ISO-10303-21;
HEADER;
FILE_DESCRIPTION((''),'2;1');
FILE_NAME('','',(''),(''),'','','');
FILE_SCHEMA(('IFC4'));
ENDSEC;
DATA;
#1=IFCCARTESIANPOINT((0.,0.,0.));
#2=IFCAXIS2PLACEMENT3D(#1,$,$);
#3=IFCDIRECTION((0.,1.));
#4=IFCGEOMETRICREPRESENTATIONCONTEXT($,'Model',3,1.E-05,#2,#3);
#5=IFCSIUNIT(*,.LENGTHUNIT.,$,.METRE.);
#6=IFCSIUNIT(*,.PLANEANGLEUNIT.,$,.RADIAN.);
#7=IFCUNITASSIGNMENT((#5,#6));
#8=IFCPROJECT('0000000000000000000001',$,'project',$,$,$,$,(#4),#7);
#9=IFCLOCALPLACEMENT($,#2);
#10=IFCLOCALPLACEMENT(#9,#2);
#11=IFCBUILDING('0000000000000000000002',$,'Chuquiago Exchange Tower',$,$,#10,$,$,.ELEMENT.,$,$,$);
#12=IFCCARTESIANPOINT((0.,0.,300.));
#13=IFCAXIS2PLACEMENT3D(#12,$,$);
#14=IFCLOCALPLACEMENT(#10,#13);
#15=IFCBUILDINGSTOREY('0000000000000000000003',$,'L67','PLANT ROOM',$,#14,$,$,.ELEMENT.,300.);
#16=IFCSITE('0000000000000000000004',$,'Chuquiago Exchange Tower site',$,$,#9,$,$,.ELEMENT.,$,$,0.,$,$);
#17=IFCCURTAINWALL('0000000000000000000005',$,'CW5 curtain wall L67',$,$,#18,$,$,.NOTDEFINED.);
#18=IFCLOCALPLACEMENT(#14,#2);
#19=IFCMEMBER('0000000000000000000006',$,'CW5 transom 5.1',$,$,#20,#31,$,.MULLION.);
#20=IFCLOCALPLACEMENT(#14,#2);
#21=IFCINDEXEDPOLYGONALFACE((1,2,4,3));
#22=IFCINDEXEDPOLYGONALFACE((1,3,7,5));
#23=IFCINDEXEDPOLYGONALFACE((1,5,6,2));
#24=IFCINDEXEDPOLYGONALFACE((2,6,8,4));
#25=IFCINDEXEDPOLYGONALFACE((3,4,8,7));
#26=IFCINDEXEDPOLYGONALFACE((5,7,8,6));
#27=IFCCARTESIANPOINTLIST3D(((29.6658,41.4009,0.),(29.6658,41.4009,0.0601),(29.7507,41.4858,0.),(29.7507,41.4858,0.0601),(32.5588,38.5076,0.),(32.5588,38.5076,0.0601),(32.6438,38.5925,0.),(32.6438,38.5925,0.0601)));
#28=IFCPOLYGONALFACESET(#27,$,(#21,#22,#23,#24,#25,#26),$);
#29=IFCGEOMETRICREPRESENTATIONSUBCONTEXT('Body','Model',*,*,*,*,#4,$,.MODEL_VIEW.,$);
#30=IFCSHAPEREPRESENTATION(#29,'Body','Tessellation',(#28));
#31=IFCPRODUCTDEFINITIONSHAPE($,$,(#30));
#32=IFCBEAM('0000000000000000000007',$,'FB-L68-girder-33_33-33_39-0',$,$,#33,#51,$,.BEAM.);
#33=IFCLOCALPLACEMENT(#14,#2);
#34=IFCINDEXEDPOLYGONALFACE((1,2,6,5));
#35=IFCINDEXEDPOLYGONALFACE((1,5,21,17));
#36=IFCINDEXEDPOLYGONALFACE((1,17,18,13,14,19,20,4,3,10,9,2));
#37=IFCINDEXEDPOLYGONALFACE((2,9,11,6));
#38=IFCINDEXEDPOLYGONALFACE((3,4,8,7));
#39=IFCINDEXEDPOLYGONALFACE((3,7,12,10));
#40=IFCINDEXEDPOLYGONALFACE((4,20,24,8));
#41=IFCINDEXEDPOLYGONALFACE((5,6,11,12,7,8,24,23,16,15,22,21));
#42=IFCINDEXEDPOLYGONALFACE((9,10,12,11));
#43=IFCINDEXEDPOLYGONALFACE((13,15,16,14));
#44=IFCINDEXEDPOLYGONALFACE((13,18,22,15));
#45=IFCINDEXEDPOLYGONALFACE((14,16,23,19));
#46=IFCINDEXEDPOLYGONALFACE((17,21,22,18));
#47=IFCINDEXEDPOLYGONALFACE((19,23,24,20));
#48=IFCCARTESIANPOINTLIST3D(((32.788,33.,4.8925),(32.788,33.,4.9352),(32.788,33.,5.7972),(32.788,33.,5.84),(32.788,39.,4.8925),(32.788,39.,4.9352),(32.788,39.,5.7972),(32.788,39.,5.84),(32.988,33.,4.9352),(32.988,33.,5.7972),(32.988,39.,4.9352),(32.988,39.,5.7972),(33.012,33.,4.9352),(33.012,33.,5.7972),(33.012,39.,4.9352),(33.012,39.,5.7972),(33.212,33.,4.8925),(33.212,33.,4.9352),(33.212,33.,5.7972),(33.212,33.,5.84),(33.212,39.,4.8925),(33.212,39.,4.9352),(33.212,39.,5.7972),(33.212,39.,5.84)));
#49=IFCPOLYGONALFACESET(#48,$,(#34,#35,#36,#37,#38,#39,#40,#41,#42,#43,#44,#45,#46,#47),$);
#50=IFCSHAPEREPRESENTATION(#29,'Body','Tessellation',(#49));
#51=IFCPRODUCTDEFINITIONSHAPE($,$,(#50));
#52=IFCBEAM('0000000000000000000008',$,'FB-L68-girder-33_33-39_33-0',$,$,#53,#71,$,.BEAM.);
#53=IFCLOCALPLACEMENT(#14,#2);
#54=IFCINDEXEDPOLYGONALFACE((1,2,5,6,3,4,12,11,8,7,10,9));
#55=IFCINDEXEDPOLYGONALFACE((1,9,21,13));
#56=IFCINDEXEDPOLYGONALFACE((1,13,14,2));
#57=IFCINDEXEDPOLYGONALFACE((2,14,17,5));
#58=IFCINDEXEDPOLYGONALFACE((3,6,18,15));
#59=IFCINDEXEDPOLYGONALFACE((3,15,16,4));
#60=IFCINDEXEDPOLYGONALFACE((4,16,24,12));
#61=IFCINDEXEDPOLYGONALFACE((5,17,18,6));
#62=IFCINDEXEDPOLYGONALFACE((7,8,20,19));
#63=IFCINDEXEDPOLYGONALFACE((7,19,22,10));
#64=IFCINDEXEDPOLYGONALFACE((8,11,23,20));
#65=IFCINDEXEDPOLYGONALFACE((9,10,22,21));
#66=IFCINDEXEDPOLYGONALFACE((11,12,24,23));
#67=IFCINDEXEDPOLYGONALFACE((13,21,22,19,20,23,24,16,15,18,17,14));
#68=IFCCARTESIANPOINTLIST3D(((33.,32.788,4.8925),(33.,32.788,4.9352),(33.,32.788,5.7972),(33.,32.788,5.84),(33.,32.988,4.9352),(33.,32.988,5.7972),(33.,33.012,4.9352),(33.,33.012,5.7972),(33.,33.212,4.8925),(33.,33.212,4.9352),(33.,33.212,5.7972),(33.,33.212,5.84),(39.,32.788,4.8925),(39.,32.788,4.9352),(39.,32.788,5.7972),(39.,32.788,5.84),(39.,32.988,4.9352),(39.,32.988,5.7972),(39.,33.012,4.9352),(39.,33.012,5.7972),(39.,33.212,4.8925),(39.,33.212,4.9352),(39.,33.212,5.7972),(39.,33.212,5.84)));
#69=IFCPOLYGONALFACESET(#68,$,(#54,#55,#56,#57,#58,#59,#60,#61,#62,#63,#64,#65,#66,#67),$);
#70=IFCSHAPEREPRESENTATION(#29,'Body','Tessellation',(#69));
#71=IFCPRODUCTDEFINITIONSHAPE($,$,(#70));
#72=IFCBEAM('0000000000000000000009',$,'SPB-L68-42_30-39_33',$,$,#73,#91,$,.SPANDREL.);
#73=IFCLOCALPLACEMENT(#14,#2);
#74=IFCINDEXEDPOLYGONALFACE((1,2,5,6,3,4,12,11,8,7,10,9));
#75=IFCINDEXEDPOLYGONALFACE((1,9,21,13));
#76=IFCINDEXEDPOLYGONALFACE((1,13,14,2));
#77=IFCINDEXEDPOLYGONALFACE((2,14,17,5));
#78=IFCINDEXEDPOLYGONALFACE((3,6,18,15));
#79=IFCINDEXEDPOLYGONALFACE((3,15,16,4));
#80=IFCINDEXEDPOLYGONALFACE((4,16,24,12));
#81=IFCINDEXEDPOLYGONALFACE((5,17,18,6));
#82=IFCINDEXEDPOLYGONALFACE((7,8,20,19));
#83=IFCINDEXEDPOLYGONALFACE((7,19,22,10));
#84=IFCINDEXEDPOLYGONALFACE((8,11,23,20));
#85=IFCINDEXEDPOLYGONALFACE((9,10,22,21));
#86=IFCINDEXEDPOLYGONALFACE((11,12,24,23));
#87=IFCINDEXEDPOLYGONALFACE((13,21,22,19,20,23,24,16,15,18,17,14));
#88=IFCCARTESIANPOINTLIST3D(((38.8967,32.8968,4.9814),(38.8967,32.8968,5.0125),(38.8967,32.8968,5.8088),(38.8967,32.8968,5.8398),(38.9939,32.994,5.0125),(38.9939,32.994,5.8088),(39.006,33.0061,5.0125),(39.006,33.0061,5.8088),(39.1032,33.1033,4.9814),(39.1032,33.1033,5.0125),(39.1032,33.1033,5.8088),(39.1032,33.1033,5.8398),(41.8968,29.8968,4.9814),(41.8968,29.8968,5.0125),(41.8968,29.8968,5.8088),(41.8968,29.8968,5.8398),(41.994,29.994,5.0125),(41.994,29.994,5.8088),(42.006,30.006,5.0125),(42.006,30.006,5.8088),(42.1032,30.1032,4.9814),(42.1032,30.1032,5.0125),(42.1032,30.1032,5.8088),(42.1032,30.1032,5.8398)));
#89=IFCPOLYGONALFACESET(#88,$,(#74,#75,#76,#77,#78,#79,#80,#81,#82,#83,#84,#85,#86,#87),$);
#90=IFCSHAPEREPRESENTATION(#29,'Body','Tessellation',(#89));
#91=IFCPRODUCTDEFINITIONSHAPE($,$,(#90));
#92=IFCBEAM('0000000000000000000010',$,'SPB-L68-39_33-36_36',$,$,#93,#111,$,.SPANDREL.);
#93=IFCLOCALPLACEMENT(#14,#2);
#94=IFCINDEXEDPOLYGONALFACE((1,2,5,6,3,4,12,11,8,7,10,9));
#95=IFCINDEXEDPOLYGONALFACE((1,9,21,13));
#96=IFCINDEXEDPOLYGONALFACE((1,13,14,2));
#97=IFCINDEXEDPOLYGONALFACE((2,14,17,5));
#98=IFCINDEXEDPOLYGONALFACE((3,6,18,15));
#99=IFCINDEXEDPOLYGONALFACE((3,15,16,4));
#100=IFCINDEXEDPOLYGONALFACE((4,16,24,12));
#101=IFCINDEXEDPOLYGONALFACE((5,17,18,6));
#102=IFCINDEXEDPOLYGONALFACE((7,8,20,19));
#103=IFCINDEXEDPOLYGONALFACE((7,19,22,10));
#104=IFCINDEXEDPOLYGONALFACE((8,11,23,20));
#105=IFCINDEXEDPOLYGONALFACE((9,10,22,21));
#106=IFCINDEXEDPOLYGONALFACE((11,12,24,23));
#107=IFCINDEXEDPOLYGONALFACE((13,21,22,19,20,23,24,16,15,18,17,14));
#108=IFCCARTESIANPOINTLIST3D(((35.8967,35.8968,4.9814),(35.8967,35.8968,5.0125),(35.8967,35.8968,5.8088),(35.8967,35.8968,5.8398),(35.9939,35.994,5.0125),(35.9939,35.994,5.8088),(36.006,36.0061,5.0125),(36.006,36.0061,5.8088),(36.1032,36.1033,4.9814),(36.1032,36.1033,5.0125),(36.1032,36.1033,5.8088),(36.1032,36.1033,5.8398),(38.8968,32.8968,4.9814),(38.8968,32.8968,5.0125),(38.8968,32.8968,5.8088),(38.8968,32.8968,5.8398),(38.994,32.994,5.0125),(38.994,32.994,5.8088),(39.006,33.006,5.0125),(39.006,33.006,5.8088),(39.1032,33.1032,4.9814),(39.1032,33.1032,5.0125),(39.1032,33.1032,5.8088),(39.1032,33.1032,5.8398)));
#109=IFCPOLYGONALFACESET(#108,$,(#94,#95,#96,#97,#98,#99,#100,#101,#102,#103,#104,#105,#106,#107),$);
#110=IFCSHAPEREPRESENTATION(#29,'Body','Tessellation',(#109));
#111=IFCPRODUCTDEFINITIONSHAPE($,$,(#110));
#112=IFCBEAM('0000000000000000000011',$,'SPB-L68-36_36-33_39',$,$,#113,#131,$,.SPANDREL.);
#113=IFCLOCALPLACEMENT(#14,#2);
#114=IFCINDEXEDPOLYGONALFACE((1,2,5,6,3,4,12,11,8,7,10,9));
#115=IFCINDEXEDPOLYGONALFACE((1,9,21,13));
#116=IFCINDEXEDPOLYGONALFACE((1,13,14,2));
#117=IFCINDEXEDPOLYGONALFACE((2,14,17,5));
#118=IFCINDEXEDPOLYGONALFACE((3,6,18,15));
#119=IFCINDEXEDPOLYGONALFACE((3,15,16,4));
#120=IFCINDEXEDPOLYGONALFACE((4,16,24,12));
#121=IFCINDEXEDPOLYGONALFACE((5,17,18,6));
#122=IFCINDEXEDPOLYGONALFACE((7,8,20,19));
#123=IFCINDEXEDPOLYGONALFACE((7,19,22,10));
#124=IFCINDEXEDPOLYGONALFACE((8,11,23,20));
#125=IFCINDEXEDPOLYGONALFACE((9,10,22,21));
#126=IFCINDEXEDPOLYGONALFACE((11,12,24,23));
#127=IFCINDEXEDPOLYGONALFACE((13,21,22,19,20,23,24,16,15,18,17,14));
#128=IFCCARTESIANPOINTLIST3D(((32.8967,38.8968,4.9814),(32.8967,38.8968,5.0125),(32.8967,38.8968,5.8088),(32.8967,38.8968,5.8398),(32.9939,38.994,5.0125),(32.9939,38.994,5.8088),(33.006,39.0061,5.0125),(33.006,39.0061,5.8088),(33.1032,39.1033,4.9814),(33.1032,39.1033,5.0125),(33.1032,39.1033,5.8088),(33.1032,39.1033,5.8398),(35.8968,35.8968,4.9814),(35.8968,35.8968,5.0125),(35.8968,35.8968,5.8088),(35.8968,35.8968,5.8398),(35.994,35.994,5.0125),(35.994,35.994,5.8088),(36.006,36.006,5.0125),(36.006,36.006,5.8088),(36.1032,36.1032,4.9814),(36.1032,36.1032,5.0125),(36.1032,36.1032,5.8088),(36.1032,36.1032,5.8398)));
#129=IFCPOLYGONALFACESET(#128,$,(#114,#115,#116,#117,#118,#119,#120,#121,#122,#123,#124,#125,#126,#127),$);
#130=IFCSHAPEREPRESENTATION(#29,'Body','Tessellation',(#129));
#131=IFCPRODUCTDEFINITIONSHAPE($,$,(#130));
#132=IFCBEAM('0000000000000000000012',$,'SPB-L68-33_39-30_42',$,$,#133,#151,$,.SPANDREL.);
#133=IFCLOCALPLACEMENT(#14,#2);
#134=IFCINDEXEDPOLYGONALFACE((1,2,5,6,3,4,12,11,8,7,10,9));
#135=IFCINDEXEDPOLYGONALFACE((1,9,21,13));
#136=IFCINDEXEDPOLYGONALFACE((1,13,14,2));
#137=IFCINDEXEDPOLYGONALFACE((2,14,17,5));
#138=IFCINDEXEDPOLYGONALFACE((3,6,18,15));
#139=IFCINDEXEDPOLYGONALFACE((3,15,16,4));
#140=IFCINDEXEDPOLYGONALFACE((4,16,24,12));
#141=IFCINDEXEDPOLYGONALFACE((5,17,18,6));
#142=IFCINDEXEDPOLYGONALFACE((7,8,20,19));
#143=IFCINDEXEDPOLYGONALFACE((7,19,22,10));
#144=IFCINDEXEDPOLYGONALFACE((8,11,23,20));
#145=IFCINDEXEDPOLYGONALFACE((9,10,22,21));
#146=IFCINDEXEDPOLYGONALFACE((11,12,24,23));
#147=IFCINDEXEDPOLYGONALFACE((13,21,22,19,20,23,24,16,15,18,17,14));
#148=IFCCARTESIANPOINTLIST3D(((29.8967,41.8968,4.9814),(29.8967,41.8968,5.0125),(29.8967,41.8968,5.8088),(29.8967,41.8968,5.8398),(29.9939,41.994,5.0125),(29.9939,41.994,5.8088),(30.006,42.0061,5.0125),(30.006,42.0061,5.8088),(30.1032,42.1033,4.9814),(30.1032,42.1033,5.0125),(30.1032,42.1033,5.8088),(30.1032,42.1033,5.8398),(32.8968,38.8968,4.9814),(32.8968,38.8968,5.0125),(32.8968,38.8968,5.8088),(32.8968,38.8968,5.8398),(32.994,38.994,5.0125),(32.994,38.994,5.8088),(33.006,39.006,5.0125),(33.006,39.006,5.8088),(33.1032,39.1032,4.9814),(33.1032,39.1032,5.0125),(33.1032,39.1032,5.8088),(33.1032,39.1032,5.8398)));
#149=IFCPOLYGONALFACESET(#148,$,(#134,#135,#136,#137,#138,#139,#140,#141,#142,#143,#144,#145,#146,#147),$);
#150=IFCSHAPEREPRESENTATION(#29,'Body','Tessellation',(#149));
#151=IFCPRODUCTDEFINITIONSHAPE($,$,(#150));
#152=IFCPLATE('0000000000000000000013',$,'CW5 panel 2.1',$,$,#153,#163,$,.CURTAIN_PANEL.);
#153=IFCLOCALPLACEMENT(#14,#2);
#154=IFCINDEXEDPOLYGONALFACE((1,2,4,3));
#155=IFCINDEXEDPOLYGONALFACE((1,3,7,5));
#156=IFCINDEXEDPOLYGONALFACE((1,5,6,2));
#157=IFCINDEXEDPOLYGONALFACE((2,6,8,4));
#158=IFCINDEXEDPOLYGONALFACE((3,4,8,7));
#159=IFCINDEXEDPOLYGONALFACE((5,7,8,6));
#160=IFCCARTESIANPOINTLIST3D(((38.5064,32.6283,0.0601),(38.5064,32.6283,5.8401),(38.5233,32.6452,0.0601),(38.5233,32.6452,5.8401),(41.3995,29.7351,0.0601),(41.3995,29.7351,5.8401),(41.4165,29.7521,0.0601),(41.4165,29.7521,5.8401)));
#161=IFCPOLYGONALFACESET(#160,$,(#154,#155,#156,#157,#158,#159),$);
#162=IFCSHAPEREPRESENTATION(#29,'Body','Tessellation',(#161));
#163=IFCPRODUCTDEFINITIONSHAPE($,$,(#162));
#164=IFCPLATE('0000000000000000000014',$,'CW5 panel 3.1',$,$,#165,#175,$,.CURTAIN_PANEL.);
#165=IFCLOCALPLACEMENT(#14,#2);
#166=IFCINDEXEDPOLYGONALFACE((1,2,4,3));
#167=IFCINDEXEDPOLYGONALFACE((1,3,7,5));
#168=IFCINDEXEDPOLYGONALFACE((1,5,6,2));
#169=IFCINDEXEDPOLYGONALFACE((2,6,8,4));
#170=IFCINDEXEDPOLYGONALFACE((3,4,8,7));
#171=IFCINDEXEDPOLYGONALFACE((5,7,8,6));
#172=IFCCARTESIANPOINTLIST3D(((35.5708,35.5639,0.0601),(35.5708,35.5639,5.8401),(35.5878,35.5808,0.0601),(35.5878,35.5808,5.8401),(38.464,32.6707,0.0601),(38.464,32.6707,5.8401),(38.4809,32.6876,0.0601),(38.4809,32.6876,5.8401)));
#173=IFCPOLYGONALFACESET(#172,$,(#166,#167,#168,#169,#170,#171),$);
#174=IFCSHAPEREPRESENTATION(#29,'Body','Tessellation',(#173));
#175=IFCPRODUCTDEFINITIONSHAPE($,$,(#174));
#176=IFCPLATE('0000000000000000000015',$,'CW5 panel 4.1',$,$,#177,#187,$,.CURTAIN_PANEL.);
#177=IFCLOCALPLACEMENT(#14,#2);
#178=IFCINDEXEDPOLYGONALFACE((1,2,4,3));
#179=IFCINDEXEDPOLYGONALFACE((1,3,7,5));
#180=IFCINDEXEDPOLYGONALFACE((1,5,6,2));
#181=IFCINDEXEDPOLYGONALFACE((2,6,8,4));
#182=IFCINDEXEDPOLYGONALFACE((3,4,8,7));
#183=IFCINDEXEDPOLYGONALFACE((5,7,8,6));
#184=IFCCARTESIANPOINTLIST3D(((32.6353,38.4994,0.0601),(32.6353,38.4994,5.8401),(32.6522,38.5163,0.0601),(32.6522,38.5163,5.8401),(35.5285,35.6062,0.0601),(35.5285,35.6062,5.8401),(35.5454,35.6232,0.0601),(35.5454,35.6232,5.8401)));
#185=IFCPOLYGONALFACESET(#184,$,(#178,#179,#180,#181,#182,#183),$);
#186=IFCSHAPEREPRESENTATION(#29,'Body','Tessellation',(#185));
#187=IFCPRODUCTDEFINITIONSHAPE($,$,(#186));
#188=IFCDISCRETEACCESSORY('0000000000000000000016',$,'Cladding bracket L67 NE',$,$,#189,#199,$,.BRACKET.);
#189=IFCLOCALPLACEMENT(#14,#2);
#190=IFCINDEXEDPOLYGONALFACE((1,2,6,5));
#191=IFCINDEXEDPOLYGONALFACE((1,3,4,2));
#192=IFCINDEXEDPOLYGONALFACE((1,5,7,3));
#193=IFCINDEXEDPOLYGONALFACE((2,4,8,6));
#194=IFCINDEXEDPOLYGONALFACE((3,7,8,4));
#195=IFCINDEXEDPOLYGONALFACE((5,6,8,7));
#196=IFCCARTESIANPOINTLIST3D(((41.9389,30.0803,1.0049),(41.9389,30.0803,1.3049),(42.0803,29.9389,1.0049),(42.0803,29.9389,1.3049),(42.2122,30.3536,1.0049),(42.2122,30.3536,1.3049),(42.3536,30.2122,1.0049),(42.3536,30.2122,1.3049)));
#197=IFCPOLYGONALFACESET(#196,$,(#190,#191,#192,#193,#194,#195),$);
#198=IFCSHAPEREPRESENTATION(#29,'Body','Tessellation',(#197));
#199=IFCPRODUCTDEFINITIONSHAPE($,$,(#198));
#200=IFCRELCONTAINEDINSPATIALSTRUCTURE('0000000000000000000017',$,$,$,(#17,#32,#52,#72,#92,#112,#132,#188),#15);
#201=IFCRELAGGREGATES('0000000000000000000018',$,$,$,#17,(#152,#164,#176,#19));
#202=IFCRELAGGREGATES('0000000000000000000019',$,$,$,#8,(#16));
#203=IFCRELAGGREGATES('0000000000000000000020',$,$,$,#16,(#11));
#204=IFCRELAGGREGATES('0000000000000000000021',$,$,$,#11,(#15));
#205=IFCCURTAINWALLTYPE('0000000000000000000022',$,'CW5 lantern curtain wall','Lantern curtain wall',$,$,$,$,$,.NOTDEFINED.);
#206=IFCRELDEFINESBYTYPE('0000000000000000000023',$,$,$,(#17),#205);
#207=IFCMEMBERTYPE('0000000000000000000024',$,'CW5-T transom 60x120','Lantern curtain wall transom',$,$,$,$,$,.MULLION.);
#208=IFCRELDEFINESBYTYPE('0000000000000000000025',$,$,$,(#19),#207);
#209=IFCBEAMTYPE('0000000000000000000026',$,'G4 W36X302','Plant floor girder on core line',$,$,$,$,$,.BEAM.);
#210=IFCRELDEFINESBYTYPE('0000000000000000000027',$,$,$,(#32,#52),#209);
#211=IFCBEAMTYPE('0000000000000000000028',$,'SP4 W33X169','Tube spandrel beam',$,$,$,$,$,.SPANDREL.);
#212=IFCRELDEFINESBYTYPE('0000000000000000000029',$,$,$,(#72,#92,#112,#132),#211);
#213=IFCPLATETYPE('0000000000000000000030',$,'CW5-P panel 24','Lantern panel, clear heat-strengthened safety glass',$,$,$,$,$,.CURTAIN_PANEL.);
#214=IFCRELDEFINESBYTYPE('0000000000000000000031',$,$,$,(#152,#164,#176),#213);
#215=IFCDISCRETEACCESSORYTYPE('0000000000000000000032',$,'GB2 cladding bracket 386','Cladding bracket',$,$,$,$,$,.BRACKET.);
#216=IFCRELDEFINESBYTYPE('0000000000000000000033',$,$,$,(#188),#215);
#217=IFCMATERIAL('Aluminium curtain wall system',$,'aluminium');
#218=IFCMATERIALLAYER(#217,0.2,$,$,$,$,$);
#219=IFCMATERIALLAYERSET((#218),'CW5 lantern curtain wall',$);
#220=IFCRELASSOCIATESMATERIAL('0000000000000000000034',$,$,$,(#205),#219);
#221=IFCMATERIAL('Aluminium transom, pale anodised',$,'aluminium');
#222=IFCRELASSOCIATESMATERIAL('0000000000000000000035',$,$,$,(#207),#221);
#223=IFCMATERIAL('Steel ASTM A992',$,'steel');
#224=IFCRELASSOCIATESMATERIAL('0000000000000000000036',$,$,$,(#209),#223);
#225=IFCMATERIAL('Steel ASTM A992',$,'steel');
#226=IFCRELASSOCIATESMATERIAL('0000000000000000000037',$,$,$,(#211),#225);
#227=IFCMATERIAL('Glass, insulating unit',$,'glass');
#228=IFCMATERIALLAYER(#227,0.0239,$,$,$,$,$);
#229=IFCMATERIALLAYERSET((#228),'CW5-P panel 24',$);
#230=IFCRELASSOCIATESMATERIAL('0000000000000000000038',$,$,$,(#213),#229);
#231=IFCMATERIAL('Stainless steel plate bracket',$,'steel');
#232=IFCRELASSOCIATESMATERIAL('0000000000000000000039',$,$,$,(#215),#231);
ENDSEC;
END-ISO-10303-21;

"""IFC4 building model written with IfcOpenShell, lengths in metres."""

from ifc_helpers import new_model, si_unit, direction, frame, origin, origin_2d, place, context, subcontext, project, spatial, rectangle, i_section, extrude, material, layer, layer_set, material_profile, profile_set, type_object, element, aggregate, save


model = new_model("IFC4")

# Units and contexts
model_context = context("Model", 3, precision=1e-05, world=origin(), true_north=direction((0.0, 1.0)))
body_context = subcontext(model_context, "Body", "Model", "MODEL_VIEW")
ifc_project = project(units=[si_unit("LENGTHUNIT", "METRE"), si_unit("PLANEANGLEUNIT", "RADIAN")], contexts=[model_context])

# Site, building, storey
site_placement = place(None, origin())
site = spatial("IfcSite", under=ifc_project, at=site_placement, Name="Chuquiago Exchange Tower site", CompositionType="ELEMENT", RefElevation=0.0)
building_placement = place(site_placement, origin())
building = spatial("IfcBuilding", under=site, at=building_placement, Name="Chuquiago Exchange Tower", CompositionType="ELEMENT")
storey_placement = place(building_placement, frame((0.0, 0.0, 300.0)))
storey = spatial("IfcBuildingStorey", under=building, at=storey_placement, Name="L67", Description="PLANT ROOM", CompositionType="ELEMENT", Elevation=300.0)

# Curtain wall, member
ifc_material_1 = material(Name="Aluminium curtain wall system", Category="aluminium")
ifc_layer_1 = layer(ifc_material_1, 0.2)
ifc_layer_set_1 = layer_set([ifc_layer_1], Name="CW5 lantern curtain wall")
curtain_wall_type = type_object("IfcCurtainWallType", Name="CW5 lantern curtain wall", Description="Lantern curtain wall", PredefinedType="NOTDEFINED", material=ifc_layer_set_1)
curtain_wall_placement = place(storey_placement, origin())
curtain_wall = element("IfcCurtainWall", 1, at=curtain_wall_placement, inside=storey, type_object=curtain_wall_type, Name="CW5 curtain wall L67", PredefinedType="NOTDEFINED")
ifc_material_2 = material(Name="Aluminium transom, pale anodised", Category="aluminium")
ifc_material_profile_1 = material_profile(ifc_material_2, rectangle(XDim=0.1201, YDim=0.0601, at=origin_2d()), Name="AL 120x60")
ifc_profile_set_1 = profile_set([ifc_material_profile_1], Name="Aluminium transom, pale anodised")
member_type_1 = type_object("IfcMemberType", Name="CW5-T transom 60x120", Description="Lantern curtain wall transom", PredefinedType="MULLION", material=ifc_profile_set_1)
member_1_placement = place(storey_placement, frame((32.6013, 38.55, 0.03), z_axis=(-0.707077, 0.707137, 0.0), x_axis=(-0.707137, -0.707077, 0.0)))
member_1 = element("IfcMember", 2, at=member_1_placement, type_object=member_type_1, Name="CW5 transom 5.1", PredefinedType="MULLION", context=body_context, shape_type="SweptSolid", body=[
    extrude(rectangle(XDim=0.1201, YDim=0.0601, at=origin_2d()), origin(), (0.0, 0.0, 1.0), 4.0916),
])

# Beams
ifc_material_3 = material(Name="Steel ASTM A992", Category="steel")
ifc_material_profile_2 = material_profile(ifc_material_3, i_section(OverallWidth=0.4241, OverallDepth=0.9475, WebThickness=0.0239, FlangeThickness=0.0427, at=origin_2d()), Name="W36X302")
ifc_profile_set_2 = profile_set([ifc_material_profile_2], Name="Steel ASTM A992")
beam_type_1 = type_object("IfcBeamType", Name="G4 W36X302", Description="Plant floor girder on core line", PredefinedType="BEAM", material=ifc_profile_set_2)
for number, where, z_axis, x_axis, name in (
    (3, (33.0, 33.0, 5.3662), (0.0, 1.0, 0.0), (-1.0, 0.0, 0.0), "FB-L68-girder-33_33-33_39-0"),
    (4, (33.0, 33.0, 5.3662), (1.0, 0.0, 0.0), (0.0, 1.0, 0.0), "FB-L68-girder-33_33-39_33-0"),
):
    element("IfcBeam", number, at=place(storey_placement, frame(where, z_axis=z_axis, x_axis=x_axis)), inside=storey, type_object=beam_type_1, Name=name, PredefinedType="BEAM", context=body_context, shape_type="SweptSolid", body=[
        extrude(i_section(OverallWidth=0.4241, OverallDepth=0.9475, WebThickness=0.0239, FlangeThickness=0.0427, at=origin_2d()), origin(), (0.0, 0.0, 1.0), 6.0),
    ])
ifc_material_4 = material(Name="Steel ASTM A992", Category="steel")
ifc_material_profile_3 = material_profile(ifc_material_4, i_section(OverallWidth=0.292, OverallDepth=0.8584, WebThickness=0.0171, FlangeThickness=0.031, at=origin_2d()), Name="W33X169")
ifc_profile_set_3 = profile_set([ifc_material_profile_3], Name="Steel ASTM A992")
beam_type_2 = type_object("IfcBeamType", Name="SP4 W33X169", Description="Tube spandrel beam", PredefinedType="SPANDREL", material=ifc_profile_set_3)
for number, where, z_axis, x_axis, name in (
    (5, (42.0, 30.0, 5.4106), (-0.707107, 0.707107, 0.0), (-0.707107, -0.707107, 0.0), "SPB-L68-42_30-39_33"),
    (6, (39.0, 33.0, 5.4106), (-0.707107, 0.707107, 0.0), (-0.707107, -0.707107, 0.0), "SPB-L68-39_33-36_36"),
    (7, (36.0, 36.0, 5.4106), (-0.707107, 0.707107, 0.0), (-0.707107, -0.707107, 0.0), "SPB-L68-36_36-33_39"),
    (8, (33.0, 39.0, 5.4106), (-0.707107, 0.707107, 0.0), (-0.707107, -0.707107, 0.0), "SPB-L68-33_39-30_42"),
):
    element("IfcBeam", number, at=place(storey_placement, frame(where, z_axis=z_axis, x_axis=x_axis)), inside=storey, type_object=beam_type_2, Name=name, PredefinedType="SPANDREL", context=body_context, shape_type="SweptSolid", body=[
        extrude(i_section(OverallWidth=0.292, OverallDepth=0.8584, WebThickness=0.0171, FlangeThickness=0.031, at=origin_2d()), origin(), (0.0, 0.0, 1.0), 4.2427),
    ])

# Plates
ifc_material_5 = material(Name="Glass, insulating unit", Category="glass")
ifc_layer_2 = layer(ifc_material_5, 0.0239)
ifc_layer_set_2 = layer_set([ifc_layer_2], Name="CW5-P panel 24")
plate_type = type_object("IfcPlateType", Name="CW5-P panel 24", Description="Lantern panel, clear heat-strengthened safety glass", PredefinedType="CURTAIN_PANEL", material=ifc_layer_set_2)
plate_1_placement = place(storey_placement, frame((39.9614, 31.1902, 0.0601), z_axis=(0.0, 0.0, 1.0), x_axis=(-0.707105, 0.707109, 0.0)))
plate_1 = element("IfcPlate", 9, at=plate_1_placement, type_object=plate_type, Name="CW5 panel 2.1", PredefinedType="CURTAIN_PANEL", context=body_context, shape_type="SweptSolid", body=[
    extrude(rectangle(XDim=4.0916, YDim=0.0239, at=origin_2d()), origin(), (0.0, 0.0, 1.0), 5.78),
])
plate_2_placement = place(storey_placement, frame((37.0259, 34.1257, 0.0601), z_axis=(0.0, 0.0, 1.0), x_axis=(-0.707105, 0.707109, 0.0)))
plate_2 = element("IfcPlate", 10, at=plate_2_placement, type_object=plate_type, Name="CW5 panel 3.1", PredefinedType="CURTAIN_PANEL", context=body_context, shape_type="SweptSolid", body=[
    extrude(rectangle(XDim=4.0916, YDim=0.0239, at=origin_2d()), origin(), (0.0, 0.0, 1.0), 5.78),
])
plate_3_placement = place(storey_placement, frame((34.0903, 37.0613, 0.0601), z_axis=(0.0, 0.0, 1.0), x_axis=(-0.707105, 0.707109, 0.0)))
plate_3 = element("IfcPlate", 11, at=plate_3_placement, type_object=plate_type, Name="CW5 panel 4.1", PredefinedType="CURTAIN_PANEL", context=body_context, shape_type="SweptSolid", body=[
    extrude(rectangle(XDim=4.0916, YDim=0.0239, at=origin_2d()), origin(), (0.0, 0.0, 1.0), 5.78),
])
aggregate(curtain_wall, [plate_1, plate_2, plate_3, member_1])

# Discrete accessory
ifc_material_6 = material(Name="Stainless steel plate bracket", Category="steel")
discrete_accessory_type = type_object("IfcDiscreteAccessoryType", Name="GB2 cladding bracket 386", Description="Cladding bracket", PredefinedType="BRACKET", material=ifc_material_6)
for number, where, z_axis, x_axis, name in (
    (12, (42.1462, 30.1462, 1.0049), (0.0, 0.0, 1.0), (-0.707107, 0.707107, 0.0), "Cladding bracket L67 NE"),
):
    element("IfcDiscreteAccessory", number, at=place(storey_placement, frame(where, z_axis=z_axis, x_axis=x_axis)), inside=storey, type_object=discrete_accessory_type, Name=name, PredefinedType="BRACKET", context=body_context, shape_type="SweptSolid", body=[
        extrude(rectangle(XDim=0.2, YDim=0.3865, at=origin_2d()), origin(), (0.0, 0.0, 1.0), 0.3),
    ])

save(model, "model.ifc")
